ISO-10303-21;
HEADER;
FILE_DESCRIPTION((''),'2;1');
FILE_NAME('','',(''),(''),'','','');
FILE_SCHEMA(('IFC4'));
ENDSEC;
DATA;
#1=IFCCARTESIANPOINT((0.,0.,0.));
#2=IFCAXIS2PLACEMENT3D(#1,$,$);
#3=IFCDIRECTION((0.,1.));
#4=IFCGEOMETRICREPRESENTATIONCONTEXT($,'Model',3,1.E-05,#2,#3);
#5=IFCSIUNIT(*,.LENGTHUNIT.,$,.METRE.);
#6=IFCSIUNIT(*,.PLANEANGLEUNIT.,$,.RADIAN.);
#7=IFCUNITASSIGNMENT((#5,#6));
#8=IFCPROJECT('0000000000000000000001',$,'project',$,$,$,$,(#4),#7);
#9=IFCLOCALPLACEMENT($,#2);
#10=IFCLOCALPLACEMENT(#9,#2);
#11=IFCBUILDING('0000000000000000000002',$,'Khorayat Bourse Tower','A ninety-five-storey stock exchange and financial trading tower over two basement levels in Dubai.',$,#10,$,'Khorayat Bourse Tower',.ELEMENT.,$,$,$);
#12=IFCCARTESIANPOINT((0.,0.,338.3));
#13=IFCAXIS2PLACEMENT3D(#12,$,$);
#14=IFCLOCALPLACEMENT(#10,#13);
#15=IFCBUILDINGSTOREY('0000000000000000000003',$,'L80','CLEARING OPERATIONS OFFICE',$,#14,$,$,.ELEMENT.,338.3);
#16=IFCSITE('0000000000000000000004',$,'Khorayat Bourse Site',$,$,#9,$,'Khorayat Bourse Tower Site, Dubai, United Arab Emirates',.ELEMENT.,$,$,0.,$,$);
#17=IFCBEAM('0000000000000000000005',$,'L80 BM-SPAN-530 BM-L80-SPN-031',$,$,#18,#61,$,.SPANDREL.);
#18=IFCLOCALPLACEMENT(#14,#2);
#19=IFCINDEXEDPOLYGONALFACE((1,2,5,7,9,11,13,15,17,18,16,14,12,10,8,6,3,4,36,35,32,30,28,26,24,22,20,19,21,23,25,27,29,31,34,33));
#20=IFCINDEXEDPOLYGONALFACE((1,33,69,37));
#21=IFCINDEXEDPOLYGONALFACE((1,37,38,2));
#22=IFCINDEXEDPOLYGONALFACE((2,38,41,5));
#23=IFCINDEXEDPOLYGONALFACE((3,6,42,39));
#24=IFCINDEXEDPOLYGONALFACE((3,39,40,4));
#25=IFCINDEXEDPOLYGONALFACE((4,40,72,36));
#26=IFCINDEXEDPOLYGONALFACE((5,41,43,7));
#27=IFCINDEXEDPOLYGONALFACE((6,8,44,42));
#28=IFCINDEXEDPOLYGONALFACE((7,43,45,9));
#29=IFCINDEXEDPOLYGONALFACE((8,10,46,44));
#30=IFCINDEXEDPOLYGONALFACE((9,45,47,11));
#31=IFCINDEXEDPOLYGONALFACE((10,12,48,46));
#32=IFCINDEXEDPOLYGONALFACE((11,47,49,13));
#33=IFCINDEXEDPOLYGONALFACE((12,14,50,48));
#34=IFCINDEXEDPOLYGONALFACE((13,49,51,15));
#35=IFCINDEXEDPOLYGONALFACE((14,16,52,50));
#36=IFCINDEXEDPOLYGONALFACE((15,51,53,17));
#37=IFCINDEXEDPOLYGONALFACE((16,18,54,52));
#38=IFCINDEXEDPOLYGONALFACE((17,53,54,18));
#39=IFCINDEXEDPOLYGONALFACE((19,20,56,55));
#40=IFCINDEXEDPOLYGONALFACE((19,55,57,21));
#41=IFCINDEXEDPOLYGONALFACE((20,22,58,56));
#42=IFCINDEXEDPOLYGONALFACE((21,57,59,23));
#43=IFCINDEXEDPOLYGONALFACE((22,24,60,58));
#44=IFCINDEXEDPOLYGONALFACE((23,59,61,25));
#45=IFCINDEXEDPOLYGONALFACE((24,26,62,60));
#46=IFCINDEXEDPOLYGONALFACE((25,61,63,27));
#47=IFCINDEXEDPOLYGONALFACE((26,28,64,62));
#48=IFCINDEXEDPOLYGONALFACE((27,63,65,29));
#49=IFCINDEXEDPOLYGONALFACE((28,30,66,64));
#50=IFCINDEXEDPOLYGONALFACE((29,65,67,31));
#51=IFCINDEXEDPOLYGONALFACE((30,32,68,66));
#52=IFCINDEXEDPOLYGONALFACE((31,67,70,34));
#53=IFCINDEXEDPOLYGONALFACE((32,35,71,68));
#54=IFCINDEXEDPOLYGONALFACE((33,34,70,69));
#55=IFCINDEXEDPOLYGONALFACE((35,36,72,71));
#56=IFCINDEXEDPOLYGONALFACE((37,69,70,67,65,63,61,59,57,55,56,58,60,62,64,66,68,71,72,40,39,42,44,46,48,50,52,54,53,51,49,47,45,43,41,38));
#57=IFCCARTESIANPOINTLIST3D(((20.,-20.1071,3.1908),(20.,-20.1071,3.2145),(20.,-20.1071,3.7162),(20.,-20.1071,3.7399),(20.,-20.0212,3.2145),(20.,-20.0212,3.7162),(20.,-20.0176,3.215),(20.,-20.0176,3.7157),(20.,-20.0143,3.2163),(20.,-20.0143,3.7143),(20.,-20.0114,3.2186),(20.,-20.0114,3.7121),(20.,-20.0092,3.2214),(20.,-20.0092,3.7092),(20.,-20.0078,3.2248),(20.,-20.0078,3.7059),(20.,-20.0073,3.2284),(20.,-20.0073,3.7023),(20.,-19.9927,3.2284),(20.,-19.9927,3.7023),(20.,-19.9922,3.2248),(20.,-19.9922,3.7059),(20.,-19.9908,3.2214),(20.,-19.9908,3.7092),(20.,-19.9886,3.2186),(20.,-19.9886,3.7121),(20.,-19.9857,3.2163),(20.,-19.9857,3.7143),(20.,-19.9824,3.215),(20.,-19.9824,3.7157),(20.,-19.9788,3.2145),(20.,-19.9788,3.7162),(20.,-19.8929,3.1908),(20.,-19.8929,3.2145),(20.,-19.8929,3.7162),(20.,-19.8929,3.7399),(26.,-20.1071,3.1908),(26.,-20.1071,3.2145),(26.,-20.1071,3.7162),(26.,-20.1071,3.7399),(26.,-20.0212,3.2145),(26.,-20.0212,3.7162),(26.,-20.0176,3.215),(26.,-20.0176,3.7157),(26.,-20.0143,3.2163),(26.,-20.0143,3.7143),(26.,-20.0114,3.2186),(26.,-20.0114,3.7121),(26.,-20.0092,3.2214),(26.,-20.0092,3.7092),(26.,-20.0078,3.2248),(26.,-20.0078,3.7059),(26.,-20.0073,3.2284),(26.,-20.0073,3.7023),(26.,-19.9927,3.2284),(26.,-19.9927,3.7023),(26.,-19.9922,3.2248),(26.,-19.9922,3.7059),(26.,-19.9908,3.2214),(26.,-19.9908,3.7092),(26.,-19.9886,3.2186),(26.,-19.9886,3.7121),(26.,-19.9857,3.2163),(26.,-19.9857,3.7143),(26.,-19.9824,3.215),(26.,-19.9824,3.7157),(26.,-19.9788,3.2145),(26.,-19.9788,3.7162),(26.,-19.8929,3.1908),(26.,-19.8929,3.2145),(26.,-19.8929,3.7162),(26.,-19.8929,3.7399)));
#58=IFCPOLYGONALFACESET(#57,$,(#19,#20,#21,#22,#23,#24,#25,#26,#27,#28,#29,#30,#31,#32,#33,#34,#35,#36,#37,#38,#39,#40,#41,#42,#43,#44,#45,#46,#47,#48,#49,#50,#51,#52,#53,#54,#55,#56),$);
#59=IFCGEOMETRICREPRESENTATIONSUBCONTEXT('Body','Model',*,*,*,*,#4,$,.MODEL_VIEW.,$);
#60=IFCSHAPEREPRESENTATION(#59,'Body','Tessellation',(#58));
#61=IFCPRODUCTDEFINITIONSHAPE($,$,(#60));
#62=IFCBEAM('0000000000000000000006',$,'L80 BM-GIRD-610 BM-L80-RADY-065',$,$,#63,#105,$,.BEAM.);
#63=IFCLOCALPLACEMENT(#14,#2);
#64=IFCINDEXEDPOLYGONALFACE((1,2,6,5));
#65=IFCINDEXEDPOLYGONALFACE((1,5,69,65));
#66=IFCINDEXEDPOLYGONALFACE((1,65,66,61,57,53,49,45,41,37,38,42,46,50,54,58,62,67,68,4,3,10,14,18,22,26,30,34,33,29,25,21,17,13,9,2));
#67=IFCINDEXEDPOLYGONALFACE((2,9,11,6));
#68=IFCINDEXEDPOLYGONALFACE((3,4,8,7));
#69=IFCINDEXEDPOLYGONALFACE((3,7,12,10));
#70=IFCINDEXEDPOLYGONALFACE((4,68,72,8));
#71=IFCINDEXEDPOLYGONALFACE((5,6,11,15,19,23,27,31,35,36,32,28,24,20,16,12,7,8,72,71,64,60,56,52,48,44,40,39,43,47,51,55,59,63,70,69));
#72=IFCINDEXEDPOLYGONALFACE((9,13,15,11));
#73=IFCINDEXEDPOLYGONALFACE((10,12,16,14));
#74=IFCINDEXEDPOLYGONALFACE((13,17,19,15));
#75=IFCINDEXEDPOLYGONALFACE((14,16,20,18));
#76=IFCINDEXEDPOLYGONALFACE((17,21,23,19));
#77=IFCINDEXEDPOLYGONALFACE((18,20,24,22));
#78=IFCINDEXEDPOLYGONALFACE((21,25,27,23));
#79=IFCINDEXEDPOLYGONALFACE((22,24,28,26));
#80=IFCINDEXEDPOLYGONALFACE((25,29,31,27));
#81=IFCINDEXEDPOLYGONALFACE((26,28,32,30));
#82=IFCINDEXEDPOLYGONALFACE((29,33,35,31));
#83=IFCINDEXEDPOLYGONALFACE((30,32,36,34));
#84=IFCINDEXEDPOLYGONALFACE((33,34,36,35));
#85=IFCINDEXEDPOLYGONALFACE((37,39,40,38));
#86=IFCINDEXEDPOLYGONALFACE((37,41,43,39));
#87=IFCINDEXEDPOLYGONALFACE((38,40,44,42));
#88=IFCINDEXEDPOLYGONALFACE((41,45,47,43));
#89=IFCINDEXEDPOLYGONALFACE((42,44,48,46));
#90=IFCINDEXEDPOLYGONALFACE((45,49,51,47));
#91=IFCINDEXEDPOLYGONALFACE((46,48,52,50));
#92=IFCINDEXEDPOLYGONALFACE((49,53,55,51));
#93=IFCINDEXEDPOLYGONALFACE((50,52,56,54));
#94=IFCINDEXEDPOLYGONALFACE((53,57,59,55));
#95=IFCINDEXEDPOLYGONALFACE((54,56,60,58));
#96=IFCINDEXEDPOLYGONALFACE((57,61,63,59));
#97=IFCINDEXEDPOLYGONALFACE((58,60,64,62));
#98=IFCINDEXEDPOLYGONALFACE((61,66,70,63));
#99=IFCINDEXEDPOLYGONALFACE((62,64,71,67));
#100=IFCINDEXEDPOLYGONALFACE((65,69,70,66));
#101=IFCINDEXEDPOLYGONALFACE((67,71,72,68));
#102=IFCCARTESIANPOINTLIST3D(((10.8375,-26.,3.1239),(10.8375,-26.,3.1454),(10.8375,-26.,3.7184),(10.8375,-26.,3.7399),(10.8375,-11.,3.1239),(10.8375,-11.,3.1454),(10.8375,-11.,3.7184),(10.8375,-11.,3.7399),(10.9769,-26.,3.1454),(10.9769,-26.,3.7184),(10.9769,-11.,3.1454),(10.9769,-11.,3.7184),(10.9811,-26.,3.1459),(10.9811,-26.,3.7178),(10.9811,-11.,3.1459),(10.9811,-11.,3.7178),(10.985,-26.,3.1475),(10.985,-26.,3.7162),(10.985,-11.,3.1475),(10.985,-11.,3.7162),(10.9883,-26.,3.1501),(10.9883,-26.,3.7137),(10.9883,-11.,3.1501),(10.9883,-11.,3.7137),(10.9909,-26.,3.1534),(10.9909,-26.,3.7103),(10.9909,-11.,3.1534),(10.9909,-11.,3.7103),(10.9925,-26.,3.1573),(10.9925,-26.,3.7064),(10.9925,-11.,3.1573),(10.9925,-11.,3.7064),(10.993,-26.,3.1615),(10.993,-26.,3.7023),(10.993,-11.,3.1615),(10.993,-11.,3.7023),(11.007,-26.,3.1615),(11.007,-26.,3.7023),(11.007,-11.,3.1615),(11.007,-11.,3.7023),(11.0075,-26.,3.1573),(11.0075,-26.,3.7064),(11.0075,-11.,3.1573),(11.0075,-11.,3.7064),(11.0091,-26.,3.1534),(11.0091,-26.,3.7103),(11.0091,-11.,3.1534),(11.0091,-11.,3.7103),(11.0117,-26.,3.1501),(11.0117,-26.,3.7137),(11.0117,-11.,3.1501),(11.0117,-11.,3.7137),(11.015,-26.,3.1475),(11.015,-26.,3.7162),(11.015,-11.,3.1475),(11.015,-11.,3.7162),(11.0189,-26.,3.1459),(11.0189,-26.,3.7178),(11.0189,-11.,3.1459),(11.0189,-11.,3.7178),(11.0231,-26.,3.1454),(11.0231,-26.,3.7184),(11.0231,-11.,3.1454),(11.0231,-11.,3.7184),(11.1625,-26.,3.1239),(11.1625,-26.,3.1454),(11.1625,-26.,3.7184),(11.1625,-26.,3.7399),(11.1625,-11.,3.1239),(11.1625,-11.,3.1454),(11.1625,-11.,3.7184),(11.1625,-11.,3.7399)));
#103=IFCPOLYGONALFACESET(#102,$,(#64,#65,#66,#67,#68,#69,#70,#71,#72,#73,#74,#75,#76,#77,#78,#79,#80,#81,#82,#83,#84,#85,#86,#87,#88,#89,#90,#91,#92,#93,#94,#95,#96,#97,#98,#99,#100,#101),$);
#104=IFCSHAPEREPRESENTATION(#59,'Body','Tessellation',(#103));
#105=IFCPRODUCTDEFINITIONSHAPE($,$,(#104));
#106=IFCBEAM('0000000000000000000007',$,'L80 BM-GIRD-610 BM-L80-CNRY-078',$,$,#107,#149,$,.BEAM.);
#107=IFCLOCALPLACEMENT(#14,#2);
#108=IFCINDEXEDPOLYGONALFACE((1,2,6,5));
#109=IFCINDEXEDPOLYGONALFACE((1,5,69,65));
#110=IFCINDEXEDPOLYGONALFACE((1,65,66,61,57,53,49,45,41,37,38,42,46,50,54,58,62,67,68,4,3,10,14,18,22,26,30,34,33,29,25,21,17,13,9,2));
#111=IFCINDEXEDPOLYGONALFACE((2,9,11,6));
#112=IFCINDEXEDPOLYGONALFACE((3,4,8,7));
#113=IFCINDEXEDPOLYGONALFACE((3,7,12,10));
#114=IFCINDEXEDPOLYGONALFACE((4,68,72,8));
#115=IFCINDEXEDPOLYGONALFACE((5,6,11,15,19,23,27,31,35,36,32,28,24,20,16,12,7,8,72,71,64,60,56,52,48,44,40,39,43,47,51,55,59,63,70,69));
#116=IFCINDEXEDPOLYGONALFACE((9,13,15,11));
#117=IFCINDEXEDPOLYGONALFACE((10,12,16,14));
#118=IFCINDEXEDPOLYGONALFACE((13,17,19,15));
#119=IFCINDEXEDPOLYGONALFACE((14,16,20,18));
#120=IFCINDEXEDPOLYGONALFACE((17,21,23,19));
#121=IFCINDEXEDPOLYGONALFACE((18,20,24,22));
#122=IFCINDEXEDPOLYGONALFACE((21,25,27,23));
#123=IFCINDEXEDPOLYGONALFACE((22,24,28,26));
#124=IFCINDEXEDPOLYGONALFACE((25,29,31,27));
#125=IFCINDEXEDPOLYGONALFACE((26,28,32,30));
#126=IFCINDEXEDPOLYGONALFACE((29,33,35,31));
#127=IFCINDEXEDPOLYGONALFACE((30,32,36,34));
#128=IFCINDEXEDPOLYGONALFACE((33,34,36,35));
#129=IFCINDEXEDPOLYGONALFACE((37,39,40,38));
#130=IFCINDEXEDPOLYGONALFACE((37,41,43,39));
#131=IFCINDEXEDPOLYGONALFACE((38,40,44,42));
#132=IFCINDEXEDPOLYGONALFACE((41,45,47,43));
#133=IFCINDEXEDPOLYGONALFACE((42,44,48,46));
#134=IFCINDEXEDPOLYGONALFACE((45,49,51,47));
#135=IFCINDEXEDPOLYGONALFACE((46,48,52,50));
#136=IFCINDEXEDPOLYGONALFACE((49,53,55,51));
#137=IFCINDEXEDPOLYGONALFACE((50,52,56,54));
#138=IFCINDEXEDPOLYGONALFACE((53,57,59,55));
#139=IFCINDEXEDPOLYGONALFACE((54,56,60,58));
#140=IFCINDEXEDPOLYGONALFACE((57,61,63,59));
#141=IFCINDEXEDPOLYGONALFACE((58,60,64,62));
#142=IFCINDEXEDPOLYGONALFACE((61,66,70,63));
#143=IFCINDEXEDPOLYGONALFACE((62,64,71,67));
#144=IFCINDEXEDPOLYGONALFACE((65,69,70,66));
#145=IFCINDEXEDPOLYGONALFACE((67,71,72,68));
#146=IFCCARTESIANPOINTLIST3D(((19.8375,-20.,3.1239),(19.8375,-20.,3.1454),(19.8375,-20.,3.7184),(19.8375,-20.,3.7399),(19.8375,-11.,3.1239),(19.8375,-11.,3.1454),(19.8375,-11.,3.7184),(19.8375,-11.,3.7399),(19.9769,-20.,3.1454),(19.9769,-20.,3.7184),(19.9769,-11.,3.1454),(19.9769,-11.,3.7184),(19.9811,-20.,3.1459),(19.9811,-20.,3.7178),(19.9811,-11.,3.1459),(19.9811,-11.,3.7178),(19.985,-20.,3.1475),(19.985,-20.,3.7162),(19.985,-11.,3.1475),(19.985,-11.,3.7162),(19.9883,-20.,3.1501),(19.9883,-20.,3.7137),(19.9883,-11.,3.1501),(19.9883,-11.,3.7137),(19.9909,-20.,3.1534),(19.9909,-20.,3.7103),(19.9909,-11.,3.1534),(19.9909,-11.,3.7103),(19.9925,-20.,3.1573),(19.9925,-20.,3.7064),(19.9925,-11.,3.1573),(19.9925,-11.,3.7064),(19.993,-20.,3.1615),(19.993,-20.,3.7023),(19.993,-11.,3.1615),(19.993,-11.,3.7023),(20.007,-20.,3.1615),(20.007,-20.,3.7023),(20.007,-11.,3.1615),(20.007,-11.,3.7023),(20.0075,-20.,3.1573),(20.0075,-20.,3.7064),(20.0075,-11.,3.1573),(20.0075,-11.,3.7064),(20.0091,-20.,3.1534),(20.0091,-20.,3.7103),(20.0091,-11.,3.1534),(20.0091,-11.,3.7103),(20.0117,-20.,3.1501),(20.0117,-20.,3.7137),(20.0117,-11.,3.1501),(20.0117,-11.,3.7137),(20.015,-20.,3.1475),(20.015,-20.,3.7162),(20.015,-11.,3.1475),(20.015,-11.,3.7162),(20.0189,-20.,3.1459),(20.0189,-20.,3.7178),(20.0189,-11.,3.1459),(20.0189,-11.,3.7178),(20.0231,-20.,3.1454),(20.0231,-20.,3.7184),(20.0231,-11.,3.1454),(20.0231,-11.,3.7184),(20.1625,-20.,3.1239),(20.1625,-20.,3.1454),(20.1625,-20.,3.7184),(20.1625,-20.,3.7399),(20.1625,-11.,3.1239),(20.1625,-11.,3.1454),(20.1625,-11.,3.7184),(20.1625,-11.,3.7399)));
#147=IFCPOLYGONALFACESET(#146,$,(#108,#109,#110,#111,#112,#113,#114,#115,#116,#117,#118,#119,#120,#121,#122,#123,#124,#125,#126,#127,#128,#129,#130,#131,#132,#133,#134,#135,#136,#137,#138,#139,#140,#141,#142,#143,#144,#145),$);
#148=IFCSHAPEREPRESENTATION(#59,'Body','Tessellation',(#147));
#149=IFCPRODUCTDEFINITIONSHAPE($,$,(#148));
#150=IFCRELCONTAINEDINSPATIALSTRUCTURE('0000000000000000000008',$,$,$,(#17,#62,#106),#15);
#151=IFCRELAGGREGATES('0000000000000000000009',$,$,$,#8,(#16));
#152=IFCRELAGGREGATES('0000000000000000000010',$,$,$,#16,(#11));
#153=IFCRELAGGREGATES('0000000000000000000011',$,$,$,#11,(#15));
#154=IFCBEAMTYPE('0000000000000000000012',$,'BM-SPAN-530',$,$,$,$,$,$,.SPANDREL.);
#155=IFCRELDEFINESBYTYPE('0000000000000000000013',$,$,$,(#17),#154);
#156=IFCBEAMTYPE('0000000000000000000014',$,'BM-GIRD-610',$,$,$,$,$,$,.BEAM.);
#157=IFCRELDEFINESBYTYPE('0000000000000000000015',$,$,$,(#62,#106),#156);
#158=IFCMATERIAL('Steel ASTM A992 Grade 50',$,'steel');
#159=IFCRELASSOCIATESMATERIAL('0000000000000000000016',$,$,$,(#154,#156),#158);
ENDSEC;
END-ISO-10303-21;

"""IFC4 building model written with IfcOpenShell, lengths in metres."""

from ifc_helpers import new_model, si_unit, direction, frame, origin, origin_2d, place, context, subcontext, project, spatial, i_section, extrude, source, transform, mapped, material, material_profile, profile_set, type_object, element, save


model = new_model("IFC4")

# Units and contexts
model_context = context("Model", 3, precision=1e-05, world=origin(), true_north=direction((0.0, 1.0)))
body_context = subcontext(model_context, "Body", "Model", "MODEL_VIEW")
ifc_project = project(units=[si_unit("LENGTHUNIT", "METRE"), si_unit("PLANEANGLEUNIT", "RADIAN")], contexts=[model_context])

# Site, building, storey
site_placement = place(None, origin())
site = spatial("IfcSite", under=ifc_project, at=site_placement, Name="Khorayat Bourse Site", LongName="Khorayat Bourse Tower Site, Dubai, United Arab Emirates", CompositionType="ELEMENT", RefElevation=0.0)
building_placement = place(site_placement, origin())
building = spatial("IfcBuilding", under=site, at=building_placement, Name="Khorayat Bourse Tower", Description="A ninety-five-storey stock exchange and financial trading tower over two basement levels in Dubai.", LongName="Khorayat Bourse Tower", CompositionType="ELEMENT")
storey_placement = place(building_placement, frame((0.0, 0.0, 338.3)))
storey = spatial("IfcBuildingStorey", under=building, at=storey_placement, Name="L80", Description="CLEARING OPERATIONS OFFICE", CompositionType="ELEMENT", Elevation=338.3)

# Beams
ifc_material_1 = material(Name="Steel ASTM A992 Grade 50", Category="steel")
ifc_material_profile_1 = material_profile(ifc_material_1, i_section(OverallWidth=0.2141, OverallDepth=0.5491, WebThickness=0.0146, FlangeThickness=0.0237, FilletRadius=0.0139, at=origin_2d()), Name="W530X138")
ifc_profile_set_1 = profile_set([ifc_material_profile_1], Name="Steel ASTM A992 Grade 50")
beam_type_1 = type_object("IfcBeamType", Name="BM-SPAN-530", PredefinedType="SPANDREL", material=ifc_profile_set_1)
shared_shape_1 = source(origin(), body_context, "Body", "SweptSolid", [
    extrude(i_section(OverallWidth=0.2141, OverallDepth=0.5491, WebThickness=0.0146, FlangeThickness=0.0237, FilletRadius=0.0139, at=origin_2d()), origin(), (0.0, 0.0, 1.0), 6.0),
])
for number, where, z_axis, x_axis, name in (
    (1, (20.0, -20.0, 3.4653), (1.0, 0.0, 0.0), (0.0, 1.0, 0.0), "L80 BM-SPAN-530 BM-L80-SPN-031"),
):
    element("IfcBeam", number, at=place(storey_placement, frame(where, z_axis=z_axis, x_axis=x_axis)), inside=storey, type_object=beam_type_1, Name=name, PredefinedType="SPANDREL", context=body_context, shape_type="MappedRepresentation", body=[
        mapped(shared_shape_1, transform((0.0, 0.0, 0.0), scale=1.0)),
    ])
ifc_material_profile_2 = material_profile(ifc_material_1, i_section(OverallWidth=0.325, OverallDepth=0.616, WebThickness=0.0139, FlangeThickness=0.0215, FilletRadius=0.0161, at=origin_2d()), Name="W610X174")
ifc_profile_set_2 = profile_set([ifc_material_profile_2], Name="Steel ASTM A992 Grade 50")
beam_type_2 = type_object("IfcBeamType", Name="BM-GIRD-610", PredefinedType="BEAM", material=ifc_profile_set_2)
shared_shape_2 = source(origin(), body_context, "Body", "SweptSolid", [
    extrude(i_section(OverallWidth=0.325, OverallDepth=0.616, WebThickness=0.0139, FlangeThickness=0.0215, FilletRadius=0.0161, at=origin_2d()), origin(), (0.0, 0.0, 1.0), 15.0),
])
beam_1_placement = place(storey_placement, frame((11.0, -26.0, 3.4319), z_axis=(0.0, 1.0, 0.0), x_axis=(-1.0, 0.0, 0.0)))
element("IfcBeam", 2, at=beam_1_placement, inside=storey, type_object=beam_type_2, Name="L80 BM-GIRD-610 BM-L80-RADY-065", PredefinedType="BEAM", context=body_context, shape_type="MappedRepresentation", body=[
    mapped(shared_shape_2, transform((0.0, 0.0, 0.0), scale=1.0)),
])
shared_shape_3 = source(origin(), body_context, "Body", "SweptSolid", [
    extrude(i_section(OverallWidth=0.325, OverallDepth=0.616, WebThickness=0.0139, FlangeThickness=0.0215, FilletRadius=0.0161, at=origin_2d()), origin(), (0.0, 0.0, 1.0), 9.0),
])
beam_2_placement = place(storey_placement, frame((20.0, -20.0, 3.4319), z_axis=(0.0, 1.0, 0.0), x_axis=(-1.0, 0.0, 0.0)))
element("IfcBeam", 3, at=beam_2_placement, inside=storey, type_object=beam_type_2, Name="L80 BM-GIRD-610 BM-L80-CNRY-078", PredefinedType="BEAM", context=body_context, shape_type="MappedRepresentation", body=[
    mapped(shared_shape_3, transform((0.0, 0.0, 0.0), scale=1.0)),
])

save(model, "model.ifc")
